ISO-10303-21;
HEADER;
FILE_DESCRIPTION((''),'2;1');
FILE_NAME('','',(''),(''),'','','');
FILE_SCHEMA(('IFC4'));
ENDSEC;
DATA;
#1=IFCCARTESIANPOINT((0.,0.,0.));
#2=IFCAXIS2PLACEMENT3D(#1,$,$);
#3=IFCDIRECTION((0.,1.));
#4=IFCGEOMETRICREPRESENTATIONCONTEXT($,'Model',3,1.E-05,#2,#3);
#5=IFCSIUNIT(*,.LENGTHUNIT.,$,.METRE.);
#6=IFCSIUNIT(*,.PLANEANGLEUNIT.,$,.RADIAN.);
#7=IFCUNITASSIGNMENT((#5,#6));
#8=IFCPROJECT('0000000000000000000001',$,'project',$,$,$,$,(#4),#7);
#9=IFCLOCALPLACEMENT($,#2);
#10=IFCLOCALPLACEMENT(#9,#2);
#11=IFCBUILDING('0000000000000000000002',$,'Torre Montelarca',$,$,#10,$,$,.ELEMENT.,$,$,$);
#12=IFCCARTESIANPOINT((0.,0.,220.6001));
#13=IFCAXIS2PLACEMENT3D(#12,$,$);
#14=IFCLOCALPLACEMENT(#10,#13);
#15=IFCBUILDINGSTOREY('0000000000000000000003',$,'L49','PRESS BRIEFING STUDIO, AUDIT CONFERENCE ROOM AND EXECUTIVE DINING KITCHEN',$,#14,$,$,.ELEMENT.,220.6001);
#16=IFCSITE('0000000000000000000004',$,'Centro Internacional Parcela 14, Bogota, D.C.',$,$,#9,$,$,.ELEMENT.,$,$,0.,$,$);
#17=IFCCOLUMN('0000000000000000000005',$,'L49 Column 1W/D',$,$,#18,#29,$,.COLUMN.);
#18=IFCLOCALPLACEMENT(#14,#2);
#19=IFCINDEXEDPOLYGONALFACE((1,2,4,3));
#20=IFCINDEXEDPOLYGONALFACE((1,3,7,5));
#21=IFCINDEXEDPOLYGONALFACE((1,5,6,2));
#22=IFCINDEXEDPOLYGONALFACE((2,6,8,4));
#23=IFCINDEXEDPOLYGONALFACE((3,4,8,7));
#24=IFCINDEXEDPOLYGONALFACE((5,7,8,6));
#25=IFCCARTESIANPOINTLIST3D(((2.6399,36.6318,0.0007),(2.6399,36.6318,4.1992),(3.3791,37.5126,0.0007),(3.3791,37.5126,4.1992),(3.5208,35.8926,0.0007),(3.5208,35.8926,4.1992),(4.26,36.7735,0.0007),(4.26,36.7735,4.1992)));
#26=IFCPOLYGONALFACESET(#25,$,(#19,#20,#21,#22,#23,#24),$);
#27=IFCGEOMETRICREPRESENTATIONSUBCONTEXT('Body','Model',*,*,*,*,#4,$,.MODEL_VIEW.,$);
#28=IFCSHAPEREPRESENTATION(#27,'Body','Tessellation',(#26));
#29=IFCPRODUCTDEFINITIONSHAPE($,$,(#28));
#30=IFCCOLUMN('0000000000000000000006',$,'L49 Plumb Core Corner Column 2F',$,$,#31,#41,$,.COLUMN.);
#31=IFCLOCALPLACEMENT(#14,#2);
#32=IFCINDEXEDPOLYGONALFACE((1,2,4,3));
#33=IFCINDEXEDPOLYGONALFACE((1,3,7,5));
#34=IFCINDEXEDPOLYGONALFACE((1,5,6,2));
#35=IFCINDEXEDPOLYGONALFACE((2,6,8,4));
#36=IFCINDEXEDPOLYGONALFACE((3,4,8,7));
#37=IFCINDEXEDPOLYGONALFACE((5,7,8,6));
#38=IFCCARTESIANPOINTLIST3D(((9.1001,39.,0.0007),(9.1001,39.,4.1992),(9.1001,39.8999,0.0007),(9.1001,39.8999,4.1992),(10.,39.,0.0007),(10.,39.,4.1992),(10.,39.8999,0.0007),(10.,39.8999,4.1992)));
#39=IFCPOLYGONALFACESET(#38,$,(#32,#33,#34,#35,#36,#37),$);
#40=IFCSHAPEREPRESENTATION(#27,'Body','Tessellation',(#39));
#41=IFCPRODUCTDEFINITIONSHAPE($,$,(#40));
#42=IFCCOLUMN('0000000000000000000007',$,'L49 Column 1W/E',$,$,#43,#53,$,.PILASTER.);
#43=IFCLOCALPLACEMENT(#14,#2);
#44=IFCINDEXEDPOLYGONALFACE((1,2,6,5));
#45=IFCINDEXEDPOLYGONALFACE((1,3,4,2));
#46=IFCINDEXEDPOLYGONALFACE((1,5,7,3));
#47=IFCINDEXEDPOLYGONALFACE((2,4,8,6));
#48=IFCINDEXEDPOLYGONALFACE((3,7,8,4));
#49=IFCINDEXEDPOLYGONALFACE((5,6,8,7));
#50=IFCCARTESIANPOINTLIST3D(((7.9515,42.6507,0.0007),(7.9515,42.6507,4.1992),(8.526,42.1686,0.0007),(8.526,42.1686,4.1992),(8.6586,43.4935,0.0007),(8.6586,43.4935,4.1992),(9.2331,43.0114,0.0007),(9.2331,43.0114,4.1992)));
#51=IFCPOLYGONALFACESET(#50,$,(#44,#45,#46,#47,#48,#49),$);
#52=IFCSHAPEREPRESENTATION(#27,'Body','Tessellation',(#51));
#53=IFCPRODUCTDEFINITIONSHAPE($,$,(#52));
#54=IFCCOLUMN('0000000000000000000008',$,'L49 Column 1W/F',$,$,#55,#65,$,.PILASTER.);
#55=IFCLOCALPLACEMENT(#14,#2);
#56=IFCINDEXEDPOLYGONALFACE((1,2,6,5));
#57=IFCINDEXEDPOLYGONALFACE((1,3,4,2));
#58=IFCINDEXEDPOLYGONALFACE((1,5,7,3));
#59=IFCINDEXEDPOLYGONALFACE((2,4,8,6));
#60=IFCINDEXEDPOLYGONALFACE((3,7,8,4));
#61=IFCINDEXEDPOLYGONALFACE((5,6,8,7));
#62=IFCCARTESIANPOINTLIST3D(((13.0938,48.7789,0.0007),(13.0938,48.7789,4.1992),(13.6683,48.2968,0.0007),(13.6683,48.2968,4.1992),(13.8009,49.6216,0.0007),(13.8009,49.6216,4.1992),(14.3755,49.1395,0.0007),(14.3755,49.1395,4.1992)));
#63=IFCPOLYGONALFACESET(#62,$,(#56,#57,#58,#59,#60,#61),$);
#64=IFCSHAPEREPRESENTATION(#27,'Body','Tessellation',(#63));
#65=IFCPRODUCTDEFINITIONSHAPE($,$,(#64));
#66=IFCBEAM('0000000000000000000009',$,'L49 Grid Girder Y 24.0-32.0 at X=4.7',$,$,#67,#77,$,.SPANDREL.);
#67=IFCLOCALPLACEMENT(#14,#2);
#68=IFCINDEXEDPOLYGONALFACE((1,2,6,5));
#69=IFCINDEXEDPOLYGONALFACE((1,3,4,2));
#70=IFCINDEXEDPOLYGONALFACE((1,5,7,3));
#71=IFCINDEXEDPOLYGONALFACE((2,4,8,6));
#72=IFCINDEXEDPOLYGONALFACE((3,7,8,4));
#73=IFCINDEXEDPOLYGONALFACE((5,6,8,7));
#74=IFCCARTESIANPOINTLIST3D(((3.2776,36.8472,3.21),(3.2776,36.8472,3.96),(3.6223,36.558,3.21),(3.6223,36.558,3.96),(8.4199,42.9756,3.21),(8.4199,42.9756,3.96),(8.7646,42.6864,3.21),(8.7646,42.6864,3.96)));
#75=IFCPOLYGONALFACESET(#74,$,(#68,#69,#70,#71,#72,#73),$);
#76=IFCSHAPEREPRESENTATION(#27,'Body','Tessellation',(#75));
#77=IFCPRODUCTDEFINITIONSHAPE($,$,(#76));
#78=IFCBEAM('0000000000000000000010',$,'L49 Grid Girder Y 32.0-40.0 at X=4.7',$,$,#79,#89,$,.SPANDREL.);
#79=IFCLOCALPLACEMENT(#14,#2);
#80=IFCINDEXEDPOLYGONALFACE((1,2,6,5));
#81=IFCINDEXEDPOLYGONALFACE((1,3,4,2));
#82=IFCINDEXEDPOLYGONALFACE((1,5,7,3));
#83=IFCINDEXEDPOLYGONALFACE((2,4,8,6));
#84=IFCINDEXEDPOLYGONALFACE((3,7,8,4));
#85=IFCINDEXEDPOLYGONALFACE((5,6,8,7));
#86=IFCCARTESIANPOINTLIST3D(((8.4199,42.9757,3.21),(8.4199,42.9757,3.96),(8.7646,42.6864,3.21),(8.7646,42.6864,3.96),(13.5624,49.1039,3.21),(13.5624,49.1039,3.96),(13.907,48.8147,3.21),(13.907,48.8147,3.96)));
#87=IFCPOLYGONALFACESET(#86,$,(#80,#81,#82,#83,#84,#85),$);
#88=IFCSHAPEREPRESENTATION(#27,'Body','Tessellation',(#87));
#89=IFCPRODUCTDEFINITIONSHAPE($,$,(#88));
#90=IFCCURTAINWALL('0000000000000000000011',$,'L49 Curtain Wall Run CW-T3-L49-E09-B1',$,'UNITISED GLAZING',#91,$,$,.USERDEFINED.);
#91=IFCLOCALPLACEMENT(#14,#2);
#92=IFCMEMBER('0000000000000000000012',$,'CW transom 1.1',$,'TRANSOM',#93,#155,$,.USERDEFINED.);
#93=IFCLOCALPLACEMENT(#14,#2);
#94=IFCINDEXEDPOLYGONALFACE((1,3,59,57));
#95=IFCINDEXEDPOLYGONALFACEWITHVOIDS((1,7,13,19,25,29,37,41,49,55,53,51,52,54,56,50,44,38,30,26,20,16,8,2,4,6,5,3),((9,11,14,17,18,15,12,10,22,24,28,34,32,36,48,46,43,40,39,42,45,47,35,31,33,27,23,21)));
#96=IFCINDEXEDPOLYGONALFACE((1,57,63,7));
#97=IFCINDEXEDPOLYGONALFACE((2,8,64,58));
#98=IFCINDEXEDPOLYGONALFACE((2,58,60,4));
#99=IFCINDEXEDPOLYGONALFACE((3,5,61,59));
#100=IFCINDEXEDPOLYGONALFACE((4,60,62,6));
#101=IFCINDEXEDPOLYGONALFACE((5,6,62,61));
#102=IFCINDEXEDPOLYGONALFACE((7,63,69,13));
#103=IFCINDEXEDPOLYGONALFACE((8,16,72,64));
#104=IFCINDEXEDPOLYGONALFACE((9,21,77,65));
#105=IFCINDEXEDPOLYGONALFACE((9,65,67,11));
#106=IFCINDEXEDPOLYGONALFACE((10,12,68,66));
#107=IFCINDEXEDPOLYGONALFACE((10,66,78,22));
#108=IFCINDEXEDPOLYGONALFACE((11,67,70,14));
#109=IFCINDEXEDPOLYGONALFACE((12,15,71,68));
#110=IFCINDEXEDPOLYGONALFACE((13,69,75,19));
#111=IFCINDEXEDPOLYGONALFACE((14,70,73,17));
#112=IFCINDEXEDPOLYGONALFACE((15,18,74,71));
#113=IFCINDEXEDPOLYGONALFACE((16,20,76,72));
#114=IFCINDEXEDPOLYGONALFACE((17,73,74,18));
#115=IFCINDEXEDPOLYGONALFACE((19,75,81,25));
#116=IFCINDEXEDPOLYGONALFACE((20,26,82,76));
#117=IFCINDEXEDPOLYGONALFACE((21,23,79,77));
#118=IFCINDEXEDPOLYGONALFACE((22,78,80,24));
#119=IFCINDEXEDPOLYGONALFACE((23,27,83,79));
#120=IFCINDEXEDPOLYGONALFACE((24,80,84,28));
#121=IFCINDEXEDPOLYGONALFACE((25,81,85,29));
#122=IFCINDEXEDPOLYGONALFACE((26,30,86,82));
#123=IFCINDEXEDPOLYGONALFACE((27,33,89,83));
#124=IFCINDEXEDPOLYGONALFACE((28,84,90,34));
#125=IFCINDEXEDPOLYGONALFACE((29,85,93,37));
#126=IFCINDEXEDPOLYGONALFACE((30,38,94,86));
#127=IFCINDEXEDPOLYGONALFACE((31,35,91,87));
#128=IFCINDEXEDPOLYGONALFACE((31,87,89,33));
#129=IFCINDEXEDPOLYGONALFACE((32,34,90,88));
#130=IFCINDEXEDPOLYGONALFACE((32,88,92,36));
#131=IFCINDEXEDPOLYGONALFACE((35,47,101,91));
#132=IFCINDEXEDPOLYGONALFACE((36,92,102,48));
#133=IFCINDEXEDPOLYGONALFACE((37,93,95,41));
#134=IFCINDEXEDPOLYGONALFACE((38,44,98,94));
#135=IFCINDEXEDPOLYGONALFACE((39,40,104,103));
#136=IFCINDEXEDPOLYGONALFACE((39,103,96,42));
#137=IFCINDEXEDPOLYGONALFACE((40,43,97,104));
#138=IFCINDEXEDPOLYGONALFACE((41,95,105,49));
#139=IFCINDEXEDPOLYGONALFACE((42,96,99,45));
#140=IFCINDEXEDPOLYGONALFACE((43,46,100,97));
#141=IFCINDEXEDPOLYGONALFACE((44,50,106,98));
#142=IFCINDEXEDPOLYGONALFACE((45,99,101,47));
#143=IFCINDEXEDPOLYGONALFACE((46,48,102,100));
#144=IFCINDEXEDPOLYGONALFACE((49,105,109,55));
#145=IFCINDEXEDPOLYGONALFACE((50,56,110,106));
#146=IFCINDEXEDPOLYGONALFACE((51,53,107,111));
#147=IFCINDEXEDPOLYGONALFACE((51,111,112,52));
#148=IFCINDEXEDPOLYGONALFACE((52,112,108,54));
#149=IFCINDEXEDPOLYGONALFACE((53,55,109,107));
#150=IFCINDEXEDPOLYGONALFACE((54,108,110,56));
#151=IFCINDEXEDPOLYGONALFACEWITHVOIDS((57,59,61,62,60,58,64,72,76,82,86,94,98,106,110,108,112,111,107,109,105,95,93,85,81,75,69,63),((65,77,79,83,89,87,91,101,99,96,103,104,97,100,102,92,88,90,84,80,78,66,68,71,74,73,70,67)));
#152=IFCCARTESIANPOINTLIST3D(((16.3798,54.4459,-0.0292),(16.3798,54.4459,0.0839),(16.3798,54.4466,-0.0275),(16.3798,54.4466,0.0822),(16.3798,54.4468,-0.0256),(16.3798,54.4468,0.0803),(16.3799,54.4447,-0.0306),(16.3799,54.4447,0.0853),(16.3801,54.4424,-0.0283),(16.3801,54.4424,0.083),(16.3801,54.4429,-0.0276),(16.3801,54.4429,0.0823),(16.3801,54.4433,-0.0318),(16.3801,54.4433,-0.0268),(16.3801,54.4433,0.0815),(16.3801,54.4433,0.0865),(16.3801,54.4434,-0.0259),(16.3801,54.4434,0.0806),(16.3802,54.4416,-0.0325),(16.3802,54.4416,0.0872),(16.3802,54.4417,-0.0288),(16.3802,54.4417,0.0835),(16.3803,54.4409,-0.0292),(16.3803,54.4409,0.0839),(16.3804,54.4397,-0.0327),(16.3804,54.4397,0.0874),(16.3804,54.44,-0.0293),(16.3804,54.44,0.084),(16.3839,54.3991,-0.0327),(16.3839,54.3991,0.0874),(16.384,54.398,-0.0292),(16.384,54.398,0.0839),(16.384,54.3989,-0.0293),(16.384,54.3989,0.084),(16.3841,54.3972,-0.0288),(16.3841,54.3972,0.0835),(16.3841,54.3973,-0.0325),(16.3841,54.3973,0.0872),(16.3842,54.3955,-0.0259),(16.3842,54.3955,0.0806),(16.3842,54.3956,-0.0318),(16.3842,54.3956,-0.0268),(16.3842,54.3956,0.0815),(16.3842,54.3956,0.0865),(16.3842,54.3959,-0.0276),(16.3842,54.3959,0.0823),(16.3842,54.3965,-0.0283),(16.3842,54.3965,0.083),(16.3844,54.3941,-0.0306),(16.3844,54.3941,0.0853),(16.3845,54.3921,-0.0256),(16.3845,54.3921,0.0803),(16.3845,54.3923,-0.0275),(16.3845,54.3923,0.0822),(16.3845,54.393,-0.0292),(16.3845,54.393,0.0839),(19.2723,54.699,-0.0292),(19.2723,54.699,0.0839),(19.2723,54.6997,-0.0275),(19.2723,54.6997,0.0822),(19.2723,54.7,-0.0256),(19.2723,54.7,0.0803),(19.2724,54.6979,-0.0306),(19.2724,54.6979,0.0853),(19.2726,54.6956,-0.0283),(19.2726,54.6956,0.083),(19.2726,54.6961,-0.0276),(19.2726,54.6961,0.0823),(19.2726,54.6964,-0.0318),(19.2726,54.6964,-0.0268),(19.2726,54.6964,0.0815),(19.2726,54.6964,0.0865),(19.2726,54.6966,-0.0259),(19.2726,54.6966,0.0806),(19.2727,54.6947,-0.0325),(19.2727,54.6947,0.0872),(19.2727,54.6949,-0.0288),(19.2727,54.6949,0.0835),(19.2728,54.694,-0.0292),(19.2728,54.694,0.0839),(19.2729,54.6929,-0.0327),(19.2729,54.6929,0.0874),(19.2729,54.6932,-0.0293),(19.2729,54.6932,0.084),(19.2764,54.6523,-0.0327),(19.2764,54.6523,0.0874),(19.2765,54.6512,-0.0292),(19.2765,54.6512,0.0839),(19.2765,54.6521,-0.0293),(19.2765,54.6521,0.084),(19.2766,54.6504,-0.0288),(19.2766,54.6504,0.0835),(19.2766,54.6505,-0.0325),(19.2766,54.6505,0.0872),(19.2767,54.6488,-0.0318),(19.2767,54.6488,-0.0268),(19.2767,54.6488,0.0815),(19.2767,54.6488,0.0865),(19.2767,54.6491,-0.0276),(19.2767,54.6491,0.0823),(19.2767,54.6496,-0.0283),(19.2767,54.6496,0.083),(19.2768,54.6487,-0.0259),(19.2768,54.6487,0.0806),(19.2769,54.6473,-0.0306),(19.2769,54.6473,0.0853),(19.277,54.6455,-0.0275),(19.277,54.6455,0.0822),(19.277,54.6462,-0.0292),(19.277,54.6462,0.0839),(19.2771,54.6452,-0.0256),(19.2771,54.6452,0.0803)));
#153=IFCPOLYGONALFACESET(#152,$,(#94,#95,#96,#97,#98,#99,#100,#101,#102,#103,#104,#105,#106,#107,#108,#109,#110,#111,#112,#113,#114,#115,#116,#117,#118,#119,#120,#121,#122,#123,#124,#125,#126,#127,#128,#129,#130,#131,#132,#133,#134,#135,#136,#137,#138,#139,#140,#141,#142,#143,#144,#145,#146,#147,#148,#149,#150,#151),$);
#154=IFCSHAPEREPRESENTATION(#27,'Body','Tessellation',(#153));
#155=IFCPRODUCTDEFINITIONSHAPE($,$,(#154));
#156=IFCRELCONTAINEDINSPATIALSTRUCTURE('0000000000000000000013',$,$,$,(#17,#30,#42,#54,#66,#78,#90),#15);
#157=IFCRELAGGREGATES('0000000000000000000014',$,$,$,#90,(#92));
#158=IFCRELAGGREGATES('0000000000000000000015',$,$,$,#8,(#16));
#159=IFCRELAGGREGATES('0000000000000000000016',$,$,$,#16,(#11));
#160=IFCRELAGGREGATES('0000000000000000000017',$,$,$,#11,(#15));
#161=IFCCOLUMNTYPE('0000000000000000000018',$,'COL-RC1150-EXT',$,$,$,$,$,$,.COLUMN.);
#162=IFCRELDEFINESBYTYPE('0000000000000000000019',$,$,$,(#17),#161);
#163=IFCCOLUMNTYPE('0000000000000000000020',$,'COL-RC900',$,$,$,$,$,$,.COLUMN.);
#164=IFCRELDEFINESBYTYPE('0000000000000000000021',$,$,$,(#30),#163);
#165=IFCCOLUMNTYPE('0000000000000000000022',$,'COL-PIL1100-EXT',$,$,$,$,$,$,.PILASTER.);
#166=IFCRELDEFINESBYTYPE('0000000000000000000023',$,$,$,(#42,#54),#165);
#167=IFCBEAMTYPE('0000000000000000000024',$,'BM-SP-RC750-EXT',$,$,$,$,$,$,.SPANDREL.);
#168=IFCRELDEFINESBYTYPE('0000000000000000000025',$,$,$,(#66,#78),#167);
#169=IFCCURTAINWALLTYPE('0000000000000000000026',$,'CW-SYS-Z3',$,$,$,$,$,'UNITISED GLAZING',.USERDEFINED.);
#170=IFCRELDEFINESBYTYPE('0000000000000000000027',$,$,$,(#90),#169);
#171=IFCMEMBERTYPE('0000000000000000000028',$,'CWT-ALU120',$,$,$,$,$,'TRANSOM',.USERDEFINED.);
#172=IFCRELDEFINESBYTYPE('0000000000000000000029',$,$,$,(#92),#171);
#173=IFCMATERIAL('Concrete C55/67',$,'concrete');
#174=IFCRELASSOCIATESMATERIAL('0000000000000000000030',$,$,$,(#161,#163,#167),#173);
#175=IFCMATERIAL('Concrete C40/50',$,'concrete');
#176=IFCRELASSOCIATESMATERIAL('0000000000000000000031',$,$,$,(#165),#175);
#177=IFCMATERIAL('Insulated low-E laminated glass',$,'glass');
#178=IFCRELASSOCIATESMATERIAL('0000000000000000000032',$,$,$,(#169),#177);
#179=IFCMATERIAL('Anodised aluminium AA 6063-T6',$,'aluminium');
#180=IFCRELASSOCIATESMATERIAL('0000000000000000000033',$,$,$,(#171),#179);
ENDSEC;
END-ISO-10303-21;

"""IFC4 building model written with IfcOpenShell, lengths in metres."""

from ifc_helpers import new_model, si_unit, direction, frame, origin, origin_2d, place, context, subcontext, project, spatial, rectangle, hollow_rectangle, extrude, source, transform, mapped, material, material_profile, profile_set, type_object, element, aggregate, save


model = new_model("IFC4")

# Units and contexts
model_context = context("Model", 3, precision=1e-05, world=origin(), true_north=direction((0.0, 1.0)))
body_context = subcontext(model_context, "Body", "Model", "MODEL_VIEW")
ifc_project = project(units=[si_unit("LENGTHUNIT", "METRE"), si_unit("PLANEANGLEUNIT", "RADIAN")], contexts=[model_context])

# Site, building, storey
site_placement = place(None, origin())
site = spatial("IfcSite", under=ifc_project, at=site_placement, Name="Centro Internacional Parcela 14, Bogota, D.C.", CompositionType="ELEMENT", RefElevation=0.0)
building_placement = place(site_placement, origin())
building = spatial("IfcBuilding", under=site, at=building_placement, Name="Torre Montelarca", CompositionType="ELEMENT")
storey_placement = place(building_placement, frame((0.0, 0.0, 220.6001)))
storey = spatial("IfcBuildingStorey", under=building, at=storey_placement, Name="L49", Description="PRESS BRIEFING STUDIO, AUDIT CONFERENCE ROOM AND EXECUTIVE DINING KITCHEN", CompositionType="ELEMENT", Elevation=220.6001)

# Columns
ifc_material_1 = material(Name="Concrete C55/67", Category="concrete")
ifc_material_profile_1 = material_profile(ifc_material_1, rectangle(XDim=1.1499, YDim=1.1499, at=origin_2d()), Name="RC1150X1150", Category="concrete")
ifc_profile_set_1 = profile_set([ifc_material_profile_1], Name="Concrete C55/67")
column_type_1 = type_object("IfcColumnType", Name="COL-RC1150-EXT", PredefinedType="COLUMN", material=ifc_profile_set_1)
shared_shape_1 = source(origin(), body_context, "Body", "SweptSolid", [
    extrude(rectangle(XDim=1.1499, YDim=1.1499, at=origin_2d()), origin(), (0.0, 0.0, 1.0), 4.1985),
])
column_1_placement = place(storey_placement, frame((3.45, 36.7026, 0.0007), z_axis=(0.0, 0.0, 1.0), x_axis=(-0.766044, 0.642788, 0.0)))
element("IfcColumn", 1, at=column_1_placement, inside=storey, type_object=column_type_1, Name="L49 Column 1W/D", PredefinedType="COLUMN", context=body_context, shape_type="MappedRepresentation", body=[
    mapped(shared_shape_1, transform((0.0, 0.0, 0.0), scale=1.0)),
])
ifc_material_profile_2 = material_profile(ifc_material_1, rectangle(XDim=0.8999, YDim=0.8999, at=origin_2d()), Name="RC900X900", Category="concrete")
ifc_profile_set_2 = profile_set([ifc_material_profile_2], Name="Concrete C55/67")
column_type_2 = type_object("IfcColumnType", Name="COL-RC900", PredefinedType="COLUMN", material=ifc_profile_set_2)
shared_shape_2 = source(origin(), body_context, "Body", "SweptSolid", [
    extrude(rectangle(XDim=0.8999, YDim=0.8999, at=origin_2d()), origin(), (0.0, 0.0, 1.0), 4.1985),
])
column_2_placement = place(storey_placement, frame((9.55, 39.45, 0.0007), z_axis=(0.0, 0.0, 1.0), x_axis=(1.0, 0.0, 0.0)))
element("IfcColumn", 2, at=column_2_placement, inside=storey, type_object=column_type_2, Name="L49 Plumb Core Corner Column 2F", PredefinedType="COLUMN", context=body_context, shape_type="MappedRepresentation", body=[
    mapped(shared_shape_2, transform((0.0, 0.0, 0.0), scale=1.0)),
])
ifc_material_2 = material(Name="Concrete C40/50", Category="concrete")
ifc_material_profile_3 = material_profile(ifc_material_2, rectangle(XDim=0.75, YDim=1.1001, at=origin_2d()), Name="RC1100X750", Category="concrete")
ifc_profile_set_3 = profile_set([ifc_material_profile_3], Name="Concrete C40/50")
column_type_3 = type_object("IfcColumnType", Name="COL-PIL1100-EXT", PredefinedType="PILASTER", material=ifc_profile_set_3)
shared_shape_3 = source(origin(), body_context, "Body", "SweptSolid", [
    extrude(rectangle(XDim=0.75, YDim=1.1001, at=origin_2d()), origin(), (0.0, 0.0, 1.0), 4.1985),
])
for number, where, z_axis, x_axis, name in (
    (3, (8.5923, 42.8311, 0.0007), (0.0, 0.0, 1.0), (-0.766044, 0.642788, 0.0), "L49 Column 1W/E"),
    (4, (13.7346, 48.9592, 0.0007), (0.0, 0.0, 1.0), (-0.766044, 0.642788, 0.0), "L49 Column 1W/F"),
):
    element("IfcColumn", number, at=place(storey_placement, frame(where, z_axis=z_axis, x_axis=x_axis)), inside=storey, type_object=column_type_3, Name=name, PredefinedType="PILASTER", context=body_context, shape_type="MappedRepresentation", body=[
        mapped(shared_shape_3, transform((0.0, 0.0, 0.0), scale=1.0)),
    ])

# Beams
ifc_material_profile_4 = material_profile(ifc_material_1, rectangle(XDim=0.45, YDim=0.75, at=origin_2d()), Name="RCB450X750", Category="concrete")
ifc_profile_set_4 = profile_set([ifc_material_profile_4], Name="Concrete C55/67")
beam_type = type_object("IfcBeamType", Name="BM-SP-RC750-EXT", PredefinedType="SPANDREL", material=ifc_profile_set_4)
shared_shape_4 = source(origin(), body_context, "Body", "SweptSolid", [
    extrude(rectangle(XDim=0.45, YDim=0.75, at=origin_2d()), origin(), (0.0, 0.0, 1.0), 8.0),
])
for number, where, z_axis, x_axis, name in (
    (5, (3.45, 36.7026, 3.585), (0.642786, 0.766046, 0.0), (-0.766046, 0.642786, 0.0), "L49 Grid Girder Y 24.0-32.0 at X=4.7"),
    (6, (8.5923, 42.8311, 3.585), (0.642801, 0.766033, 0.0), (-0.766033, 0.642801, 0.0), "L49 Grid Girder Y 32.0-40.0 at X=4.7"),
):
    element("IfcBeam", number, at=place(storey_placement, frame(where, z_axis=z_axis, x_axis=x_axis)), inside=storey, type_object=beam_type, Name=name, PredefinedType="SPANDREL", context=body_context, shape_type="MappedRepresentation", body=[
        mapped(shared_shape_4, transform((0.0, 0.0, 0.0), scale=1.0)),
    ])

# Curtain wall, member
ifc_material_3 = material(Name="Insulated low-E laminated glass", Category="glass")
curtain_wall_type = type_object("IfcCurtainWallType", Name="CW-SYS-Z3", ElementType="UNITISED GLAZING", PredefinedType="USERDEFINED", material=ifc_material_3)
curtain_wall_1_placement = place(storey_placement, origin())
curtain_wall_1 = element("IfcCurtainWall", 7, at=curtain_wall_1_placement, inside=storey, type_object=curtain_wall_type, Name="L49 Curtain Wall Run CW-T3-L49-E09-B1", ObjectType="UNITISED GLAZING", PredefinedType="USERDEFINED")
ifc_material_4 = material(Name="Anodised aluminium AA 6063-T6", Category="aluminium")
ifc_material_profile_5 = material_profile(ifc_material_4, hollow_rectangle(XDim=0.0549, YDim=0.1201, WallThickness=0.0034, InnerFilletRadius=0.0034, OuterFilletRadius=0.0071, at=origin_2d()), Name="ALU55X120X3.5", Category="aluminium")
ifc_profile_set_5 = profile_set([ifc_material_profile_5], Name="Anodised aluminium AA 6063-T6")
member_type_1 = type_object("IfcMemberType", Name="CWT-ALU120", ElementType="TRANSOM", PredefinedType="USERDEFINED", material=ifc_profile_set_5)
shared_shape_5 = source(origin(), body_context, "Body", "SweptSolid", [
    extrude(hollow_rectangle(XDim=0.0549, YDim=0.1201, WallThickness=0.0034, InnerFilletRadius=0.0034, OuterFilletRadius=0.0071, at=origin_2d()), origin(), (0.0, 0.0, 1.0), 2.9036),
])
member_1_placement = place(storey_placement, frame((19.2747, 54.6726, 0.0273), z_axis=(-0.996192, -0.087192, 0.0), x_axis=(0.087192, -0.996192, 0.0)))
member_1 = element("IfcMember", 8, at=member_1_placement, type_object=member_type_1, Name="CW transom 1.1", ObjectType="TRANSOM", PredefinedType="USERDEFINED", context=body_context, shape_type="MappedRepresentation", body=[
    mapped(shared_shape_5, transform((0.0, 0.0, 0.0), scale=1.0)),
])

aggregate(curtain_wall_1, [member_1])

save(model, "model.ifc")
